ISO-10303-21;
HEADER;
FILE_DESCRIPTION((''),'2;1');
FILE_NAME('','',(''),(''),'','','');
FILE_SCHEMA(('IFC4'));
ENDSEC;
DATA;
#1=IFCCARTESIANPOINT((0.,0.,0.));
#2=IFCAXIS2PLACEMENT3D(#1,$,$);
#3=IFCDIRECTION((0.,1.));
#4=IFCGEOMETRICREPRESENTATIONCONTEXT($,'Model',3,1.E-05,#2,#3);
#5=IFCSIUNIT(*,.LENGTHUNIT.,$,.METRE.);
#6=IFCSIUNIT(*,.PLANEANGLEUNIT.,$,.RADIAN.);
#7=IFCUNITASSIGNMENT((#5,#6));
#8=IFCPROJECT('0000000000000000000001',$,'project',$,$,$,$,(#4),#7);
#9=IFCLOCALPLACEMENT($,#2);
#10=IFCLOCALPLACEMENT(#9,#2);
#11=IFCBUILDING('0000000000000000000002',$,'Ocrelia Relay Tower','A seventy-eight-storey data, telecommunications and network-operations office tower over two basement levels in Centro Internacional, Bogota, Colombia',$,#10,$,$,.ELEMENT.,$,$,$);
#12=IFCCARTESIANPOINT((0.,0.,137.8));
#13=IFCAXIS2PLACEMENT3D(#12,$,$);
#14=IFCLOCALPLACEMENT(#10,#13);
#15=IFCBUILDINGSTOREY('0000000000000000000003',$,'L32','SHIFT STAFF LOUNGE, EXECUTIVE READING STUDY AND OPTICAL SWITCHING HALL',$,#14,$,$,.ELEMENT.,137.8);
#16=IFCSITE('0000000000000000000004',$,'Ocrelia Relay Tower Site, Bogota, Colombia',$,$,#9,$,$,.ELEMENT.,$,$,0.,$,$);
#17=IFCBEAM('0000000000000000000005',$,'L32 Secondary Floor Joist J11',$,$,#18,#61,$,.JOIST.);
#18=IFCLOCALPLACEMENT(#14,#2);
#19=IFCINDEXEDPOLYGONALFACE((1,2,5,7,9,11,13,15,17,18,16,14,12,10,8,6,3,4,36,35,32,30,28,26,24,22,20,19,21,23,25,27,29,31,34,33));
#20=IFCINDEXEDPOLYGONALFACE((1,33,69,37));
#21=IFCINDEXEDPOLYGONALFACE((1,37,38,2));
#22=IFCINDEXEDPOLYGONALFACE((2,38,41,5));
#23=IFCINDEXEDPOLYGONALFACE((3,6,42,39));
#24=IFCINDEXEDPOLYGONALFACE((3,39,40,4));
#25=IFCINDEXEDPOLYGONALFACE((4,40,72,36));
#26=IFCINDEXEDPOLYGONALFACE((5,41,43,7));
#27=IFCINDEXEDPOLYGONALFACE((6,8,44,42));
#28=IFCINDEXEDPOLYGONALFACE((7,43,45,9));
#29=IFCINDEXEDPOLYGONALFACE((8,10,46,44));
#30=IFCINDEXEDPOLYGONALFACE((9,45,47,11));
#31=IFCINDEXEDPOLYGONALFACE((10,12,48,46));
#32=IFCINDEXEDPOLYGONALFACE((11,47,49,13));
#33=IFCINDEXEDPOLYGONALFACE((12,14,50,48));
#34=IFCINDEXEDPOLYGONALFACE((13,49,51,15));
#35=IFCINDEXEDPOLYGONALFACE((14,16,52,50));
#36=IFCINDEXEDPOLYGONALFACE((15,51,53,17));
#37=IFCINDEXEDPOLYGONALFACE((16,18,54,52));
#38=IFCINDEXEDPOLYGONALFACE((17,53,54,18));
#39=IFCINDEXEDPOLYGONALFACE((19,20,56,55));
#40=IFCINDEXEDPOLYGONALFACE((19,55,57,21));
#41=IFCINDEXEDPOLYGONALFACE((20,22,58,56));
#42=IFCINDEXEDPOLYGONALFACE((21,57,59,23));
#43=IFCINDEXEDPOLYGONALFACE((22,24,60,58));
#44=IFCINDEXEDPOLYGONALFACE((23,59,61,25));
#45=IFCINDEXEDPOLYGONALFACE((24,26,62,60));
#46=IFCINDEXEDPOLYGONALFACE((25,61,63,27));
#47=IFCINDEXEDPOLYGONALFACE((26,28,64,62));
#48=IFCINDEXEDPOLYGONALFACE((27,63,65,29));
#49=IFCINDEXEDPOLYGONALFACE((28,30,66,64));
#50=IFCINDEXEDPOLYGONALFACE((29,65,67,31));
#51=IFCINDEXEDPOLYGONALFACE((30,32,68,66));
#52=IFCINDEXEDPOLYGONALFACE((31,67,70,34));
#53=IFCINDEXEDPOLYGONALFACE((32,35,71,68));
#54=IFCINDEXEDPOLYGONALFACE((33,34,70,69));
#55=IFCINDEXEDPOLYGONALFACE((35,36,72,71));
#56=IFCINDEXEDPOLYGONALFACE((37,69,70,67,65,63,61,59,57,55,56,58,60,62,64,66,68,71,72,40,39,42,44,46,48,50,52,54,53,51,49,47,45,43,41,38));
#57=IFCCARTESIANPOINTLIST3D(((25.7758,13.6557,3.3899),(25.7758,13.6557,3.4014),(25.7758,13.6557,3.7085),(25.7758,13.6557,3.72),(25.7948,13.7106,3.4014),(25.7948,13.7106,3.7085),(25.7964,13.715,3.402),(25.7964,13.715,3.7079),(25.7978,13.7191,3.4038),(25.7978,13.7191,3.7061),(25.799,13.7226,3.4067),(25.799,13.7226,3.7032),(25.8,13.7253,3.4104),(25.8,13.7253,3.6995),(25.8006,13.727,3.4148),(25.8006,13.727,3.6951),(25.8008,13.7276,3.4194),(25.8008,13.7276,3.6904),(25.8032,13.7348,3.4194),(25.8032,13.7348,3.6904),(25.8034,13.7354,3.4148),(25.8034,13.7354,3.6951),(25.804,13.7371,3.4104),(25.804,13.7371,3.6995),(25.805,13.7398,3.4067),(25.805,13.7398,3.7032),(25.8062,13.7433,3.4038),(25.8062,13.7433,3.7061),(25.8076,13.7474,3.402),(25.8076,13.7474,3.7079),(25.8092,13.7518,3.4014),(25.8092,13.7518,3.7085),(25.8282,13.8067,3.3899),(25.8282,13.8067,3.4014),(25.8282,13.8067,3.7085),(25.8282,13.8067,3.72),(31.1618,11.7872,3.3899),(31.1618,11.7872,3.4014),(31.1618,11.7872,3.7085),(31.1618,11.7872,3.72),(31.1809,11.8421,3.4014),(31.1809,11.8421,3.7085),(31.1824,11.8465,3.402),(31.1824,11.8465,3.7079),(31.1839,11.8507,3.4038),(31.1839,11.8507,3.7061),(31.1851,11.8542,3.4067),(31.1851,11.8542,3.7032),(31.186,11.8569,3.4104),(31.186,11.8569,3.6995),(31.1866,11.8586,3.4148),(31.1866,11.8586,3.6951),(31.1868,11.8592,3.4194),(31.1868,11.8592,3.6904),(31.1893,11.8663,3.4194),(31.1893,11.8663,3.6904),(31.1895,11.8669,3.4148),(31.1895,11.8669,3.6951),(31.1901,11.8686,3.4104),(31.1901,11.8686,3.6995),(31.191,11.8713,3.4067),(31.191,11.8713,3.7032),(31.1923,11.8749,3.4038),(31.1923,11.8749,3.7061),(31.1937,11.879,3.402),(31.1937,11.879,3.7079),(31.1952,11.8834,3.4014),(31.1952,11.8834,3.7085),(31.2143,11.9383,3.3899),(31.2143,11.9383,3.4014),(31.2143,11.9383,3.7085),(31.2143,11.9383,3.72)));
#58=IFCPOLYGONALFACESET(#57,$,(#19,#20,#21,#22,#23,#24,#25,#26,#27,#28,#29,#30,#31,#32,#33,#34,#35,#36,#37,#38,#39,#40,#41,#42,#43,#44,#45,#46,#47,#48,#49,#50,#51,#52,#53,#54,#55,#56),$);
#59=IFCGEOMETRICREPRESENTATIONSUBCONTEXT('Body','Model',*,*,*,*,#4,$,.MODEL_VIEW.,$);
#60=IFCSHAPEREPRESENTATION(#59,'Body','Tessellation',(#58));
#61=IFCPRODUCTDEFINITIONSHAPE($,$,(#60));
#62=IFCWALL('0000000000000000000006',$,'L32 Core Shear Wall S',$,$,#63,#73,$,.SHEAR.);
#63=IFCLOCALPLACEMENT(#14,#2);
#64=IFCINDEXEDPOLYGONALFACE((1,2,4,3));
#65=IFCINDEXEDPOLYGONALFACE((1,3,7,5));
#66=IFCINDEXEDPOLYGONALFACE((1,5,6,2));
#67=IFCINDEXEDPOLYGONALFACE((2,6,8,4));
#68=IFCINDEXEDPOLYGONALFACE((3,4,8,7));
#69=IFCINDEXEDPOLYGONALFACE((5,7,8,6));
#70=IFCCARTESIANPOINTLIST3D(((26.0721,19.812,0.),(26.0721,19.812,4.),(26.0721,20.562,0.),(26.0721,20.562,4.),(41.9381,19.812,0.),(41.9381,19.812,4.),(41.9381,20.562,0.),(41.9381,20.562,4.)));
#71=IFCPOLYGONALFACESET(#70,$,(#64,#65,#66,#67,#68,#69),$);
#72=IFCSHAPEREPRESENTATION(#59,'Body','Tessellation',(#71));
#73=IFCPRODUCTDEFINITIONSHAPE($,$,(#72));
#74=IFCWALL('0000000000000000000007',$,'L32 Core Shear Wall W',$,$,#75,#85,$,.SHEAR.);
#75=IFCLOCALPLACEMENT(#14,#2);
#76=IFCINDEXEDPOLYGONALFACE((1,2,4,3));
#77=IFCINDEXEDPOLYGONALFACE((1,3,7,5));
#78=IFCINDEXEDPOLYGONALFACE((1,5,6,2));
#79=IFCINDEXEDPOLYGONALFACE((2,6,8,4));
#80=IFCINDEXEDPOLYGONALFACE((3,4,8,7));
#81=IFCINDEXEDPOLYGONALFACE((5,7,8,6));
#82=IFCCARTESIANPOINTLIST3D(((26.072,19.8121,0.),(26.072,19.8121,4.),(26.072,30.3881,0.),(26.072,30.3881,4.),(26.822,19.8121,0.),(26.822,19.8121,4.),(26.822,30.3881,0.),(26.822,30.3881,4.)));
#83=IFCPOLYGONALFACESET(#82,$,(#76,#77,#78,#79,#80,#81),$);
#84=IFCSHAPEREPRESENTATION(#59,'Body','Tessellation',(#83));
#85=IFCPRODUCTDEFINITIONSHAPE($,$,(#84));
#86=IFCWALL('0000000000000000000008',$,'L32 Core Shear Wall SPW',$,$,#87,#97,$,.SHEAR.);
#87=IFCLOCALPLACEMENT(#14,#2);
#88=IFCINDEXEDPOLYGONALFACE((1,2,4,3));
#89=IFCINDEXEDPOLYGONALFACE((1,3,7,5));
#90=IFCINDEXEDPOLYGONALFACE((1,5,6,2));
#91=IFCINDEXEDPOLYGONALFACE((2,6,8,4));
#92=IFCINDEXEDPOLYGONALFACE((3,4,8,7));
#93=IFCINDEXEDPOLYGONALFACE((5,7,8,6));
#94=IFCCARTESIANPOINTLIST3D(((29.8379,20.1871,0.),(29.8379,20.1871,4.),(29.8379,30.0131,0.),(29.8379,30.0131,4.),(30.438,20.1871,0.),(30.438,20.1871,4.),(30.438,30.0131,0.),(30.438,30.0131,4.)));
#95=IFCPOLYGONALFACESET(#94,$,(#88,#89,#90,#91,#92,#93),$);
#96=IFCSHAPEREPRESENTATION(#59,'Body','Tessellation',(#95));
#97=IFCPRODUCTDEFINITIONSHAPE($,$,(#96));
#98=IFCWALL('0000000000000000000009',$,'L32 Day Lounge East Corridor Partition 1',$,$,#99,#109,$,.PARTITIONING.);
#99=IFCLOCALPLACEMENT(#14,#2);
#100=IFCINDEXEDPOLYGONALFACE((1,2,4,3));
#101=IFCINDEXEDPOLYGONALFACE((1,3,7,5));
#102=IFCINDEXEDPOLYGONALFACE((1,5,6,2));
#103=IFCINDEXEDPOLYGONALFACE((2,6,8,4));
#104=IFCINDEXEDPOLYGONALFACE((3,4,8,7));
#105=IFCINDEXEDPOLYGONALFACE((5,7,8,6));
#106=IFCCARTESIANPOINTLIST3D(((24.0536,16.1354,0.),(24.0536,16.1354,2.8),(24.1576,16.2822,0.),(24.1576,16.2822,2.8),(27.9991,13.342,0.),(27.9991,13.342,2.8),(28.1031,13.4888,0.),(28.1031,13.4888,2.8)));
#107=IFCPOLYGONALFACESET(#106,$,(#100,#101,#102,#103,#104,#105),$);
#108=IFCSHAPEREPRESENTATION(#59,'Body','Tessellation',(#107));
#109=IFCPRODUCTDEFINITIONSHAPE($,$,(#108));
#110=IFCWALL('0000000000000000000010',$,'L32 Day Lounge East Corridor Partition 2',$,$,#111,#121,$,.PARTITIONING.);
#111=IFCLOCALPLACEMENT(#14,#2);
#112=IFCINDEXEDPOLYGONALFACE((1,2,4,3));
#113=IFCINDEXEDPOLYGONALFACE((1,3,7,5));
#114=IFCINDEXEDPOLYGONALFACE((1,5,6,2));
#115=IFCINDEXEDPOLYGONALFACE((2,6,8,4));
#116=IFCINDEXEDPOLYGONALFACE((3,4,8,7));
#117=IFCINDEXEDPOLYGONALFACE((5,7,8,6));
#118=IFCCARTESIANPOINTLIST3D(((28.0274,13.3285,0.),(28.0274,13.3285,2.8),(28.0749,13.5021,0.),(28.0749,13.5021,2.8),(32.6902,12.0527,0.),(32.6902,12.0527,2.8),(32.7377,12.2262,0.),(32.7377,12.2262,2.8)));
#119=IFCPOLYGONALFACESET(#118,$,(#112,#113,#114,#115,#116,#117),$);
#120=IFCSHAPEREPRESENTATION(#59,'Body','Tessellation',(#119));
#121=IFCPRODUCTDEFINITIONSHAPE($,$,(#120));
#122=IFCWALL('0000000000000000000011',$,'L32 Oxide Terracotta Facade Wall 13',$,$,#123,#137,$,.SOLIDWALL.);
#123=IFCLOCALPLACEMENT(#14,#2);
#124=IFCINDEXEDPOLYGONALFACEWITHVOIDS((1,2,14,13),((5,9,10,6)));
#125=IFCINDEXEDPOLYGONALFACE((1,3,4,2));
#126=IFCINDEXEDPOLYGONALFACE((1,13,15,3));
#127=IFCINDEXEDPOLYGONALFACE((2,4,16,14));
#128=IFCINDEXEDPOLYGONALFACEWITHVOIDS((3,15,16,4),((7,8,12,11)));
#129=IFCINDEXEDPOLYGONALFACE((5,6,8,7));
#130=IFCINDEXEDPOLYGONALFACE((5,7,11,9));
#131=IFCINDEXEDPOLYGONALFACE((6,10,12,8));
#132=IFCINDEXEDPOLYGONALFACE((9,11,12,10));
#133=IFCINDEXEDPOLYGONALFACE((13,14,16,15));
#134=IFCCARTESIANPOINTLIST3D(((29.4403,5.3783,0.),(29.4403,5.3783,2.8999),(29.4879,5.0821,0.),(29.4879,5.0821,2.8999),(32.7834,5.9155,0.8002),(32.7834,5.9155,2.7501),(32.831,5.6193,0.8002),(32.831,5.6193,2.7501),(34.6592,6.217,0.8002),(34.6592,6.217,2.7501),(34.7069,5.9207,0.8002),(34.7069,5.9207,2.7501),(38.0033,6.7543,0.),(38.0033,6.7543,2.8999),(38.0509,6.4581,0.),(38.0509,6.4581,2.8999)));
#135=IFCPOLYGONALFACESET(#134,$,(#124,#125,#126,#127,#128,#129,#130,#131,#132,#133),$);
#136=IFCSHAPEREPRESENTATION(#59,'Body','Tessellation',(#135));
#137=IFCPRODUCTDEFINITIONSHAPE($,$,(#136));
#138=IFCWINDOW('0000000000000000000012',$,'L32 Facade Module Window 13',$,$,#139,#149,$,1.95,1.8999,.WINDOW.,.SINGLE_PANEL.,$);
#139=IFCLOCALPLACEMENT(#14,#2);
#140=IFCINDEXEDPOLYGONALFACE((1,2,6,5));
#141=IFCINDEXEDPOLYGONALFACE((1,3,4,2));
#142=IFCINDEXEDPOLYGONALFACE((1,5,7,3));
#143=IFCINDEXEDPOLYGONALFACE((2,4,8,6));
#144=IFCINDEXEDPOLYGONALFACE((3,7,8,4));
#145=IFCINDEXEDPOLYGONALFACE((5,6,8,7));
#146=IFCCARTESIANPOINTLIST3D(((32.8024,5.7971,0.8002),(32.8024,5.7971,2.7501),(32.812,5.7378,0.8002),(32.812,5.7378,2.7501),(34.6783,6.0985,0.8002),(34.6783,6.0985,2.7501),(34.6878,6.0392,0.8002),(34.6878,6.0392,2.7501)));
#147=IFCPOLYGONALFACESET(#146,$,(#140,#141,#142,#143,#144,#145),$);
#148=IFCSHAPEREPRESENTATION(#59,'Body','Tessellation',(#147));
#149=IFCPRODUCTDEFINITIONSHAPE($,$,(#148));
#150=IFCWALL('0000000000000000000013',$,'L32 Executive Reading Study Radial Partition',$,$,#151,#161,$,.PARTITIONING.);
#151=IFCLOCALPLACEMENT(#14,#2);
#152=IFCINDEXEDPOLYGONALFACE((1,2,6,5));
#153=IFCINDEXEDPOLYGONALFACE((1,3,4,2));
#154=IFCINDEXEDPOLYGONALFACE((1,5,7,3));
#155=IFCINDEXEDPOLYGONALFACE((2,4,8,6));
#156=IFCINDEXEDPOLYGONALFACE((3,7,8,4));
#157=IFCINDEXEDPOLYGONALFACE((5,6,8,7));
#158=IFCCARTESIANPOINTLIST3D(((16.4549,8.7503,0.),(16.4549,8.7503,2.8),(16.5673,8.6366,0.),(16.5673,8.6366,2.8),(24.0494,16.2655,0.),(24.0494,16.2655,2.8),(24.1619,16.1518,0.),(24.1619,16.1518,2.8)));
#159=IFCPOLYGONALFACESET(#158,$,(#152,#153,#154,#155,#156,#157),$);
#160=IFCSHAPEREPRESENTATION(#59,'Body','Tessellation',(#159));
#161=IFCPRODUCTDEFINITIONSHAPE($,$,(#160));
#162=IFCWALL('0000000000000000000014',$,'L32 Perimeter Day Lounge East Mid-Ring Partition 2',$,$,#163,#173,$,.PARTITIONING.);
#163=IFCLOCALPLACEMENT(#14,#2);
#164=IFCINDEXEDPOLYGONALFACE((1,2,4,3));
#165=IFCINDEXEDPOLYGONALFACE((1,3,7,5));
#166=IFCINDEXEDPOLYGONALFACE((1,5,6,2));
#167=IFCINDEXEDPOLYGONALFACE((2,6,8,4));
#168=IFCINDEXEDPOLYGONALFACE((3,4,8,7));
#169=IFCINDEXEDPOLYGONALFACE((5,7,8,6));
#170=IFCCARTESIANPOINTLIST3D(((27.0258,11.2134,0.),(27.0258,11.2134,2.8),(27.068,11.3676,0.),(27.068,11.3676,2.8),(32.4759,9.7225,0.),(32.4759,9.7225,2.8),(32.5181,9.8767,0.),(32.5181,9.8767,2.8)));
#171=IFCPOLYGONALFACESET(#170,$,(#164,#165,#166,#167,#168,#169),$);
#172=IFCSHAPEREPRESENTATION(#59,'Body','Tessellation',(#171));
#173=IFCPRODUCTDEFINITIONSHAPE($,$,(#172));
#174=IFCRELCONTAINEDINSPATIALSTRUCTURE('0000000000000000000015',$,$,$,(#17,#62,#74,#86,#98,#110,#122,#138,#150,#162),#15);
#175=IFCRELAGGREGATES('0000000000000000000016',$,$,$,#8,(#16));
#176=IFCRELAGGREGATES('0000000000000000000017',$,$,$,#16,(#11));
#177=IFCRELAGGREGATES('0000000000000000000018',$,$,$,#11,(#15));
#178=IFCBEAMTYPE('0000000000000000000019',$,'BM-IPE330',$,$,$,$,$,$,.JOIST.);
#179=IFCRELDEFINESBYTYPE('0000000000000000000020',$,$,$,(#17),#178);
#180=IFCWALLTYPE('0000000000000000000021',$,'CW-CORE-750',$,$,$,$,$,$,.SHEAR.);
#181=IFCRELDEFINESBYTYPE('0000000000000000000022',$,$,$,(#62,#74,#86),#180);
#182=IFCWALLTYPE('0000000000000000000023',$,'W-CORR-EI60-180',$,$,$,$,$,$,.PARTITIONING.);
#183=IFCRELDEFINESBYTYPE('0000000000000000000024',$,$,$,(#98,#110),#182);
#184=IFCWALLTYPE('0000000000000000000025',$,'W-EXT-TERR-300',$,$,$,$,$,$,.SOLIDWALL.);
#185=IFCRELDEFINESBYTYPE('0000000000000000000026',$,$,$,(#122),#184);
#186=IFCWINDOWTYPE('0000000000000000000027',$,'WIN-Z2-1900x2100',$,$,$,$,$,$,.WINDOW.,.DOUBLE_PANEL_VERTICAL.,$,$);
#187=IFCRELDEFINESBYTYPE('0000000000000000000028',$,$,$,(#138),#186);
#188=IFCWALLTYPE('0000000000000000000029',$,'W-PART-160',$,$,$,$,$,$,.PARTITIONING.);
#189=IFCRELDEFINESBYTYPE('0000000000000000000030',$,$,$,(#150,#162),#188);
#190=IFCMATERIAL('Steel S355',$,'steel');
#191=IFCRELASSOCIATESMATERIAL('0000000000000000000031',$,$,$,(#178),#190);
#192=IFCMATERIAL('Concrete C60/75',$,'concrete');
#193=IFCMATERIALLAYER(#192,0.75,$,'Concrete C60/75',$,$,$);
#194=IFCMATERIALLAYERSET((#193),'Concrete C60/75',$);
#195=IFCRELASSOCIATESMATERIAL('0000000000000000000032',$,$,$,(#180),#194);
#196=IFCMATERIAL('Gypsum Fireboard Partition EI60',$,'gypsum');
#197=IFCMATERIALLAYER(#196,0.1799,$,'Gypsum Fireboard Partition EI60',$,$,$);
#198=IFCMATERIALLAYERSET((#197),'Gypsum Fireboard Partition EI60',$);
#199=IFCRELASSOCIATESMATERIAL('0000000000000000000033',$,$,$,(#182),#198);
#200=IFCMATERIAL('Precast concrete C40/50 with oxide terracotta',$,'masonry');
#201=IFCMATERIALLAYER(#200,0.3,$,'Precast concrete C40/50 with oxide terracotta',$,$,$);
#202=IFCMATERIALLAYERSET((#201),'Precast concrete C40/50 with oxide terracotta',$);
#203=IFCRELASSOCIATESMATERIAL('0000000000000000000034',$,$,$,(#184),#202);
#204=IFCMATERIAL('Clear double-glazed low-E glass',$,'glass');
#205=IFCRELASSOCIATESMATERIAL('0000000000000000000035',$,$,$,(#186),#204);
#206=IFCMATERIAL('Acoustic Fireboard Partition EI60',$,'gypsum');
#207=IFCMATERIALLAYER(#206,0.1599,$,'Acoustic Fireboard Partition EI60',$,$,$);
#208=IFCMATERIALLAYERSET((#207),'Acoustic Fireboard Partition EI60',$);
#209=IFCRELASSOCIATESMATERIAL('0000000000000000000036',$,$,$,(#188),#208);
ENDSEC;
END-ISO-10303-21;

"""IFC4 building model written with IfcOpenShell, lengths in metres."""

from ifc_helpers import new_model, si_unit, direction, frame, frame_2d, origin, origin_2d, place, context, subcontext, project, spatial, rectangle, i_section, extrude, material, layer, layer_set, material_profile, profile_set, type_object, element, fill, save


model = new_model("IFC4")

# Units and contexts
model_context = context("Model", 3, precision=1e-05, world=origin(), true_north=direction((0.0, 1.0)))
body_context = subcontext(model_context, "Body", "Model", "MODEL_VIEW")
ifc_project = project(units=[si_unit("LENGTHUNIT", "METRE"), si_unit("PLANEANGLEUNIT", "RADIAN")], contexts=[model_context])

# Site, building, storey
site_placement = place(None, origin())
site = spatial("IfcSite", under=ifc_project, at=site_placement, Name="Ocrelia Relay Tower Site, Bogota, Colombia", CompositionType="ELEMENT", RefElevation=0.0)
building_placement = place(site_placement, origin())
building = spatial("IfcBuilding", under=site, at=building_placement, Name="Ocrelia Relay Tower", Description="A seventy-eight-storey data, telecommunications and network-operations office tower over two basement levels in Centro Internacional, Bogota, Colombia", CompositionType="ELEMENT")
storey_placement = place(building_placement, frame((0.0, 0.0, 137.8)))
storey = spatial("IfcBuildingStorey", under=building, at=storey_placement, Name="L32", Description="SHIFT STAFF LOUNGE, EXECUTIVE READING STUDY AND OPTICAL SWITCHING HALL", CompositionType="ELEMENT", Elevation=137.8)

# Shared definitions
ifc_material_1 = material(Name="Concrete C60/75", Category="concrete")

# Beam
ifc_material_2 = material(Name="Steel S355", Category="steel")
ifc_material_profile_1 = material_profile(ifc_material_2, i_section(OverallWidth=0.1599, OverallDepth=0.3301, WebThickness=0.0076, FlangeThickness=0.0115, FilletRadius=0.0181, at=origin_2d()), Name="IPE 330")
ifc_profile_set_1 = profile_set([ifc_material_profile_1], Name="Steel S355")
beam_type_1 = type_object("IfcBeamType", Name="BM-IPE330", PredefinedType="JOIST", material=ifc_profile_set_1)
beam_1_placement = place(storey_placement, frame((25.802, 13.7312, 3.5549), z_axis=(0.944767, -0.327741, 0.0), x_axis=(0.327741, 0.944767, 0.0)))
element("IfcBeam", 1, at=beam_1_placement, inside=storey, type_object=beam_type_1, Name="L32 Secondary Floor Joist J11", PredefinedType="JOIST", context=body_context, shape_type="SweptSolid", body=[
    extrude(i_section(OverallWidth=0.1599, OverallDepth=0.3301, WebThickness=0.0076, FlangeThickness=0.0115, FilletRadius=0.0181, at=origin_2d()), origin(), (0.0, 0.0, 1.0), 5.7009),
])

# Walls
ifc_layer_1 = layer(ifc_material_1, 0.75, Name="Concrete C60/75")
ifc_layer_set_1 = layer_set([ifc_layer_1], Name="Concrete C60/75")
wall_type_1 = type_object("IfcWallType", Name="CW-CORE-750", PredefinedType="SHEAR", material=ifc_layer_set_1)
wall_1_placement = place(storey_placement, frame((26.072, 20.187, 0.0), z_axis=(0.0, 0.0, 1.0), x_axis=(1.0, 0.0, 0.0)))
element("IfcWall", 2, at=wall_1_placement, inside=storey, type_object=wall_type_1, Name="L32 Core Shear Wall S", PredefinedType="SHEAR", context=body_context, shape_type="SweptSolid", body=[
    extrude(rectangle(XDim=15.866, YDim=0.75, at=frame_2d((7.9331, 0.0))), origin(), (0.0, 0.0, 1.0), 4.0),
])
wall_2_placement = place(storey_placement, frame((26.447, 19.812, 0.0), z_axis=(0.0, 0.0, 1.0), x_axis=(0.0, 1.0, 0.0)))
element("IfcWall", 3, at=wall_2_placement, inside=storey, type_object=wall_type_1, Name="L32 Core Shear Wall W", PredefinedType="SHEAR", context=body_context, shape_type="SweptSolid", body=[
    extrude(rectangle(XDim=10.5759, YDim=0.75, at=frame_2d((5.2881, 0.0))), origin(), (0.0, 0.0, 1.0), 4.0),
])
wall_3_placement = place(storey_placement, frame((30.1379, 20.187, 0.0), z_axis=(0.0, 0.0, 1.0), x_axis=(0.0, 1.0, 0.0)))
element("IfcWall", 4, at=wall_3_placement, inside=storey, type_object=wall_type_1, Name="L32 Core Shear Wall SPW", PredefinedType="SHEAR", context=body_context, shape_type="SweptSolid", body=[
    extrude(rectangle(XDim=9.8259, YDim=0.6001, at=frame_2d((4.9131, 0.0))), origin(), (0.0, 0.0, 1.0), 4.0),
])
ifc_material_3 = material(Name="Gypsum Fireboard Partition EI60", Category="gypsum")
ifc_layer_2 = layer(ifc_material_3, 0.1799, Name="Gypsum Fireboard Partition EI60")
ifc_layer_set_2 = layer_set([ifc_layer_2], Name="Gypsum Fireboard Partition EI60")
wall_type_2 = type_object("IfcWallType", Name="W-CORR-EI60-180", PredefinedType="PARTITIONING", material=ifc_layer_set_2)
for number, where, z_axis, x_axis, name in (
    (5, (24.1057, 16.2087, 0.0), (0.0, 0.0, 1.0), (0.816152, -0.577837, 0.0), "L32 Day Lounge East Corridor Partition 1"),
    (6, (28.0513, 13.4153, 0.0), (0.0, 0.0, 1.0), (0.964543, -0.263925, 0.0), "L32 Day Lounge East Corridor Partition 2"),
):
    element("IfcWall", number, at=place(storey_placement, frame(where, z_axis=z_axis, x_axis=x_axis)), inside=storey, type_object=wall_type_2, Name=name, PredefinedType="PARTITIONING", context=body_context, shape_type="SweptSolid", body=[
        extrude(rectangle(XDim=4.8342, YDim=0.1799, at=frame_2d((2.417, 0.0))), origin(), (0.0, 0.0, 1.0), 2.8),
    ])

# Wall, opening, window
ifc_material_4 = material(Name="Precast concrete C40/50 with oxide terracotta", Category="masonry")
ifc_layer_3 = layer(ifc_material_4, 0.3, Name="Precast concrete C40/50 with oxide terracotta")
ifc_layer_set_3 = layer_set([ifc_layer_3], Name="Precast concrete C40/50 with oxide terracotta")
wall_type_3 = type_object("IfcWallType", Name="W-EXT-TERR-300", PredefinedType="SOLIDWALL", material=ifc_layer_set_3)
wall_4_placement = place(storey_placement, frame((29.4641, 5.2302, 0.0), z_axis=(0.0, 0.0, 1.0), x_axis=(0.987334, 0.158654, 0.0)))
wall_4 = element("IfcWall", 7, at=wall_4_placement, inside=storey, type_object=wall_type_3, Name="L32 Oxide Terracotta Facade Wall 13", PredefinedType="SOLIDWALL", context=body_context, shape_type="SweptSolid", body=[
    extrude(rectangle(XDim=8.6729, YDim=0.3, at=frame_2d((4.3364, 0.0))), origin(), (0.0, 0.0, 1.0), 2.8999),
])
opening_placement = place(wall_4_placement, frame((3.386, 0.0, 0.8)))
opening = element("IfcOpeningElement", 8, at=opening_placement, cuts=wall_4, PredefinedType="OPENING", context=body_context, shape_type="SweptSolid", body=[
    extrude(rectangle(XDim=1.8999, YDim=1.95, at=frame_2d((0.95, 0.9751))), frame((0.0, 0.1602, 0.0), z_axis=(0.0, -1.0, 0.0), x_axis=(1.0, 0.0, 0.0)), (0.0, 0.0, 1.0), 0.3201),
])
ifc_material_5 = material(Name="Clear double-glazed low-E glass", Category="glass")
window_type = type_object("IfcWindowType", Name="WIN-Z2-1900x2100", PartitioningType="DOUBLE_PANEL_VERTICAL", PredefinedType="WINDOW", material=ifc_material_5)
window_placement = place(opening_placement, origin())
window = element("IfcWindow", 9, at=window_placement, inside=storey, type_object=window_type, Name="L32 Facade Module Window 13", OverallHeight=1.95, OverallWidth=1.8999, PartitioningType="SINGLE_PANEL", PredefinedType="WINDOW", context=body_context, shape_type="SweptSolid", body=[
    extrude(rectangle(XDim=1.8999, YDim=1.95, at=frame_2d((0.95, 0.9751))), frame((0.0, 0.03, 0.0), z_axis=(0.0, -1.0, 0.0), x_axis=(1.0, 0.0, 0.0)), (0.0, 0.0, 1.0), 0.0601),
])
fill(opening, window)

# Walls
ifc_material_6 = material(Name="Acoustic Fireboard Partition EI60", Category="gypsum")
ifc_layer_4 = layer(ifc_material_6, 0.1599, Name="Acoustic Fireboard Partition EI60")
ifc_layer_set_4 = layer_set([ifc_layer_4], Name="Acoustic Fireboard Partition EI60")
wall_type_4 = type_object("IfcWallType", Name="W-PART-160", PredefinedType="PARTITIONING", material=ifc_layer_set_4)
wall_5_placement = place(storey_placement, frame((24.1057, 16.2087, 0.0), z_axis=(0.0, 0.0, 1.0), x_axis=(-0.71081, -0.703384, 0.0)))
element("IfcWall", 10, at=wall_5_placement, inside=storey, type_object=wall_type_4, Name="L32 Executive Reading Study Radial Partition", PredefinedType="PARTITIONING", context=body_context, shape_type="SweptSolid", body=[
    extrude(rectangle(XDim=10.6843, YDim=0.1599, at=frame_2d((5.3423, 0.0))), origin(), (0.0, 0.0, 1.0), 2.8),
])
wall_6_placement = place(storey_placement, frame((27.0469, 11.2905, 0.0), z_axis=(0.0, 0.0, 1.0), x_axis=(0.964559, -0.263867, 0.0)))
element("IfcWall", 11, at=wall_6_placement, inside=storey, type_object=wall_type_4, Name="L32 Perimeter Day Lounge East Mid-Ring Partition 2", PredefinedType="PARTITIONING", context=body_context, shape_type="SweptSolid", body=[
    extrude(rectangle(XDim=5.6504, YDim=0.1599, at=frame_2d((2.8252, 0.0))), origin(), (0.0, 0.0, 1.0), 2.8),
])

save(model, "model.ifc")
